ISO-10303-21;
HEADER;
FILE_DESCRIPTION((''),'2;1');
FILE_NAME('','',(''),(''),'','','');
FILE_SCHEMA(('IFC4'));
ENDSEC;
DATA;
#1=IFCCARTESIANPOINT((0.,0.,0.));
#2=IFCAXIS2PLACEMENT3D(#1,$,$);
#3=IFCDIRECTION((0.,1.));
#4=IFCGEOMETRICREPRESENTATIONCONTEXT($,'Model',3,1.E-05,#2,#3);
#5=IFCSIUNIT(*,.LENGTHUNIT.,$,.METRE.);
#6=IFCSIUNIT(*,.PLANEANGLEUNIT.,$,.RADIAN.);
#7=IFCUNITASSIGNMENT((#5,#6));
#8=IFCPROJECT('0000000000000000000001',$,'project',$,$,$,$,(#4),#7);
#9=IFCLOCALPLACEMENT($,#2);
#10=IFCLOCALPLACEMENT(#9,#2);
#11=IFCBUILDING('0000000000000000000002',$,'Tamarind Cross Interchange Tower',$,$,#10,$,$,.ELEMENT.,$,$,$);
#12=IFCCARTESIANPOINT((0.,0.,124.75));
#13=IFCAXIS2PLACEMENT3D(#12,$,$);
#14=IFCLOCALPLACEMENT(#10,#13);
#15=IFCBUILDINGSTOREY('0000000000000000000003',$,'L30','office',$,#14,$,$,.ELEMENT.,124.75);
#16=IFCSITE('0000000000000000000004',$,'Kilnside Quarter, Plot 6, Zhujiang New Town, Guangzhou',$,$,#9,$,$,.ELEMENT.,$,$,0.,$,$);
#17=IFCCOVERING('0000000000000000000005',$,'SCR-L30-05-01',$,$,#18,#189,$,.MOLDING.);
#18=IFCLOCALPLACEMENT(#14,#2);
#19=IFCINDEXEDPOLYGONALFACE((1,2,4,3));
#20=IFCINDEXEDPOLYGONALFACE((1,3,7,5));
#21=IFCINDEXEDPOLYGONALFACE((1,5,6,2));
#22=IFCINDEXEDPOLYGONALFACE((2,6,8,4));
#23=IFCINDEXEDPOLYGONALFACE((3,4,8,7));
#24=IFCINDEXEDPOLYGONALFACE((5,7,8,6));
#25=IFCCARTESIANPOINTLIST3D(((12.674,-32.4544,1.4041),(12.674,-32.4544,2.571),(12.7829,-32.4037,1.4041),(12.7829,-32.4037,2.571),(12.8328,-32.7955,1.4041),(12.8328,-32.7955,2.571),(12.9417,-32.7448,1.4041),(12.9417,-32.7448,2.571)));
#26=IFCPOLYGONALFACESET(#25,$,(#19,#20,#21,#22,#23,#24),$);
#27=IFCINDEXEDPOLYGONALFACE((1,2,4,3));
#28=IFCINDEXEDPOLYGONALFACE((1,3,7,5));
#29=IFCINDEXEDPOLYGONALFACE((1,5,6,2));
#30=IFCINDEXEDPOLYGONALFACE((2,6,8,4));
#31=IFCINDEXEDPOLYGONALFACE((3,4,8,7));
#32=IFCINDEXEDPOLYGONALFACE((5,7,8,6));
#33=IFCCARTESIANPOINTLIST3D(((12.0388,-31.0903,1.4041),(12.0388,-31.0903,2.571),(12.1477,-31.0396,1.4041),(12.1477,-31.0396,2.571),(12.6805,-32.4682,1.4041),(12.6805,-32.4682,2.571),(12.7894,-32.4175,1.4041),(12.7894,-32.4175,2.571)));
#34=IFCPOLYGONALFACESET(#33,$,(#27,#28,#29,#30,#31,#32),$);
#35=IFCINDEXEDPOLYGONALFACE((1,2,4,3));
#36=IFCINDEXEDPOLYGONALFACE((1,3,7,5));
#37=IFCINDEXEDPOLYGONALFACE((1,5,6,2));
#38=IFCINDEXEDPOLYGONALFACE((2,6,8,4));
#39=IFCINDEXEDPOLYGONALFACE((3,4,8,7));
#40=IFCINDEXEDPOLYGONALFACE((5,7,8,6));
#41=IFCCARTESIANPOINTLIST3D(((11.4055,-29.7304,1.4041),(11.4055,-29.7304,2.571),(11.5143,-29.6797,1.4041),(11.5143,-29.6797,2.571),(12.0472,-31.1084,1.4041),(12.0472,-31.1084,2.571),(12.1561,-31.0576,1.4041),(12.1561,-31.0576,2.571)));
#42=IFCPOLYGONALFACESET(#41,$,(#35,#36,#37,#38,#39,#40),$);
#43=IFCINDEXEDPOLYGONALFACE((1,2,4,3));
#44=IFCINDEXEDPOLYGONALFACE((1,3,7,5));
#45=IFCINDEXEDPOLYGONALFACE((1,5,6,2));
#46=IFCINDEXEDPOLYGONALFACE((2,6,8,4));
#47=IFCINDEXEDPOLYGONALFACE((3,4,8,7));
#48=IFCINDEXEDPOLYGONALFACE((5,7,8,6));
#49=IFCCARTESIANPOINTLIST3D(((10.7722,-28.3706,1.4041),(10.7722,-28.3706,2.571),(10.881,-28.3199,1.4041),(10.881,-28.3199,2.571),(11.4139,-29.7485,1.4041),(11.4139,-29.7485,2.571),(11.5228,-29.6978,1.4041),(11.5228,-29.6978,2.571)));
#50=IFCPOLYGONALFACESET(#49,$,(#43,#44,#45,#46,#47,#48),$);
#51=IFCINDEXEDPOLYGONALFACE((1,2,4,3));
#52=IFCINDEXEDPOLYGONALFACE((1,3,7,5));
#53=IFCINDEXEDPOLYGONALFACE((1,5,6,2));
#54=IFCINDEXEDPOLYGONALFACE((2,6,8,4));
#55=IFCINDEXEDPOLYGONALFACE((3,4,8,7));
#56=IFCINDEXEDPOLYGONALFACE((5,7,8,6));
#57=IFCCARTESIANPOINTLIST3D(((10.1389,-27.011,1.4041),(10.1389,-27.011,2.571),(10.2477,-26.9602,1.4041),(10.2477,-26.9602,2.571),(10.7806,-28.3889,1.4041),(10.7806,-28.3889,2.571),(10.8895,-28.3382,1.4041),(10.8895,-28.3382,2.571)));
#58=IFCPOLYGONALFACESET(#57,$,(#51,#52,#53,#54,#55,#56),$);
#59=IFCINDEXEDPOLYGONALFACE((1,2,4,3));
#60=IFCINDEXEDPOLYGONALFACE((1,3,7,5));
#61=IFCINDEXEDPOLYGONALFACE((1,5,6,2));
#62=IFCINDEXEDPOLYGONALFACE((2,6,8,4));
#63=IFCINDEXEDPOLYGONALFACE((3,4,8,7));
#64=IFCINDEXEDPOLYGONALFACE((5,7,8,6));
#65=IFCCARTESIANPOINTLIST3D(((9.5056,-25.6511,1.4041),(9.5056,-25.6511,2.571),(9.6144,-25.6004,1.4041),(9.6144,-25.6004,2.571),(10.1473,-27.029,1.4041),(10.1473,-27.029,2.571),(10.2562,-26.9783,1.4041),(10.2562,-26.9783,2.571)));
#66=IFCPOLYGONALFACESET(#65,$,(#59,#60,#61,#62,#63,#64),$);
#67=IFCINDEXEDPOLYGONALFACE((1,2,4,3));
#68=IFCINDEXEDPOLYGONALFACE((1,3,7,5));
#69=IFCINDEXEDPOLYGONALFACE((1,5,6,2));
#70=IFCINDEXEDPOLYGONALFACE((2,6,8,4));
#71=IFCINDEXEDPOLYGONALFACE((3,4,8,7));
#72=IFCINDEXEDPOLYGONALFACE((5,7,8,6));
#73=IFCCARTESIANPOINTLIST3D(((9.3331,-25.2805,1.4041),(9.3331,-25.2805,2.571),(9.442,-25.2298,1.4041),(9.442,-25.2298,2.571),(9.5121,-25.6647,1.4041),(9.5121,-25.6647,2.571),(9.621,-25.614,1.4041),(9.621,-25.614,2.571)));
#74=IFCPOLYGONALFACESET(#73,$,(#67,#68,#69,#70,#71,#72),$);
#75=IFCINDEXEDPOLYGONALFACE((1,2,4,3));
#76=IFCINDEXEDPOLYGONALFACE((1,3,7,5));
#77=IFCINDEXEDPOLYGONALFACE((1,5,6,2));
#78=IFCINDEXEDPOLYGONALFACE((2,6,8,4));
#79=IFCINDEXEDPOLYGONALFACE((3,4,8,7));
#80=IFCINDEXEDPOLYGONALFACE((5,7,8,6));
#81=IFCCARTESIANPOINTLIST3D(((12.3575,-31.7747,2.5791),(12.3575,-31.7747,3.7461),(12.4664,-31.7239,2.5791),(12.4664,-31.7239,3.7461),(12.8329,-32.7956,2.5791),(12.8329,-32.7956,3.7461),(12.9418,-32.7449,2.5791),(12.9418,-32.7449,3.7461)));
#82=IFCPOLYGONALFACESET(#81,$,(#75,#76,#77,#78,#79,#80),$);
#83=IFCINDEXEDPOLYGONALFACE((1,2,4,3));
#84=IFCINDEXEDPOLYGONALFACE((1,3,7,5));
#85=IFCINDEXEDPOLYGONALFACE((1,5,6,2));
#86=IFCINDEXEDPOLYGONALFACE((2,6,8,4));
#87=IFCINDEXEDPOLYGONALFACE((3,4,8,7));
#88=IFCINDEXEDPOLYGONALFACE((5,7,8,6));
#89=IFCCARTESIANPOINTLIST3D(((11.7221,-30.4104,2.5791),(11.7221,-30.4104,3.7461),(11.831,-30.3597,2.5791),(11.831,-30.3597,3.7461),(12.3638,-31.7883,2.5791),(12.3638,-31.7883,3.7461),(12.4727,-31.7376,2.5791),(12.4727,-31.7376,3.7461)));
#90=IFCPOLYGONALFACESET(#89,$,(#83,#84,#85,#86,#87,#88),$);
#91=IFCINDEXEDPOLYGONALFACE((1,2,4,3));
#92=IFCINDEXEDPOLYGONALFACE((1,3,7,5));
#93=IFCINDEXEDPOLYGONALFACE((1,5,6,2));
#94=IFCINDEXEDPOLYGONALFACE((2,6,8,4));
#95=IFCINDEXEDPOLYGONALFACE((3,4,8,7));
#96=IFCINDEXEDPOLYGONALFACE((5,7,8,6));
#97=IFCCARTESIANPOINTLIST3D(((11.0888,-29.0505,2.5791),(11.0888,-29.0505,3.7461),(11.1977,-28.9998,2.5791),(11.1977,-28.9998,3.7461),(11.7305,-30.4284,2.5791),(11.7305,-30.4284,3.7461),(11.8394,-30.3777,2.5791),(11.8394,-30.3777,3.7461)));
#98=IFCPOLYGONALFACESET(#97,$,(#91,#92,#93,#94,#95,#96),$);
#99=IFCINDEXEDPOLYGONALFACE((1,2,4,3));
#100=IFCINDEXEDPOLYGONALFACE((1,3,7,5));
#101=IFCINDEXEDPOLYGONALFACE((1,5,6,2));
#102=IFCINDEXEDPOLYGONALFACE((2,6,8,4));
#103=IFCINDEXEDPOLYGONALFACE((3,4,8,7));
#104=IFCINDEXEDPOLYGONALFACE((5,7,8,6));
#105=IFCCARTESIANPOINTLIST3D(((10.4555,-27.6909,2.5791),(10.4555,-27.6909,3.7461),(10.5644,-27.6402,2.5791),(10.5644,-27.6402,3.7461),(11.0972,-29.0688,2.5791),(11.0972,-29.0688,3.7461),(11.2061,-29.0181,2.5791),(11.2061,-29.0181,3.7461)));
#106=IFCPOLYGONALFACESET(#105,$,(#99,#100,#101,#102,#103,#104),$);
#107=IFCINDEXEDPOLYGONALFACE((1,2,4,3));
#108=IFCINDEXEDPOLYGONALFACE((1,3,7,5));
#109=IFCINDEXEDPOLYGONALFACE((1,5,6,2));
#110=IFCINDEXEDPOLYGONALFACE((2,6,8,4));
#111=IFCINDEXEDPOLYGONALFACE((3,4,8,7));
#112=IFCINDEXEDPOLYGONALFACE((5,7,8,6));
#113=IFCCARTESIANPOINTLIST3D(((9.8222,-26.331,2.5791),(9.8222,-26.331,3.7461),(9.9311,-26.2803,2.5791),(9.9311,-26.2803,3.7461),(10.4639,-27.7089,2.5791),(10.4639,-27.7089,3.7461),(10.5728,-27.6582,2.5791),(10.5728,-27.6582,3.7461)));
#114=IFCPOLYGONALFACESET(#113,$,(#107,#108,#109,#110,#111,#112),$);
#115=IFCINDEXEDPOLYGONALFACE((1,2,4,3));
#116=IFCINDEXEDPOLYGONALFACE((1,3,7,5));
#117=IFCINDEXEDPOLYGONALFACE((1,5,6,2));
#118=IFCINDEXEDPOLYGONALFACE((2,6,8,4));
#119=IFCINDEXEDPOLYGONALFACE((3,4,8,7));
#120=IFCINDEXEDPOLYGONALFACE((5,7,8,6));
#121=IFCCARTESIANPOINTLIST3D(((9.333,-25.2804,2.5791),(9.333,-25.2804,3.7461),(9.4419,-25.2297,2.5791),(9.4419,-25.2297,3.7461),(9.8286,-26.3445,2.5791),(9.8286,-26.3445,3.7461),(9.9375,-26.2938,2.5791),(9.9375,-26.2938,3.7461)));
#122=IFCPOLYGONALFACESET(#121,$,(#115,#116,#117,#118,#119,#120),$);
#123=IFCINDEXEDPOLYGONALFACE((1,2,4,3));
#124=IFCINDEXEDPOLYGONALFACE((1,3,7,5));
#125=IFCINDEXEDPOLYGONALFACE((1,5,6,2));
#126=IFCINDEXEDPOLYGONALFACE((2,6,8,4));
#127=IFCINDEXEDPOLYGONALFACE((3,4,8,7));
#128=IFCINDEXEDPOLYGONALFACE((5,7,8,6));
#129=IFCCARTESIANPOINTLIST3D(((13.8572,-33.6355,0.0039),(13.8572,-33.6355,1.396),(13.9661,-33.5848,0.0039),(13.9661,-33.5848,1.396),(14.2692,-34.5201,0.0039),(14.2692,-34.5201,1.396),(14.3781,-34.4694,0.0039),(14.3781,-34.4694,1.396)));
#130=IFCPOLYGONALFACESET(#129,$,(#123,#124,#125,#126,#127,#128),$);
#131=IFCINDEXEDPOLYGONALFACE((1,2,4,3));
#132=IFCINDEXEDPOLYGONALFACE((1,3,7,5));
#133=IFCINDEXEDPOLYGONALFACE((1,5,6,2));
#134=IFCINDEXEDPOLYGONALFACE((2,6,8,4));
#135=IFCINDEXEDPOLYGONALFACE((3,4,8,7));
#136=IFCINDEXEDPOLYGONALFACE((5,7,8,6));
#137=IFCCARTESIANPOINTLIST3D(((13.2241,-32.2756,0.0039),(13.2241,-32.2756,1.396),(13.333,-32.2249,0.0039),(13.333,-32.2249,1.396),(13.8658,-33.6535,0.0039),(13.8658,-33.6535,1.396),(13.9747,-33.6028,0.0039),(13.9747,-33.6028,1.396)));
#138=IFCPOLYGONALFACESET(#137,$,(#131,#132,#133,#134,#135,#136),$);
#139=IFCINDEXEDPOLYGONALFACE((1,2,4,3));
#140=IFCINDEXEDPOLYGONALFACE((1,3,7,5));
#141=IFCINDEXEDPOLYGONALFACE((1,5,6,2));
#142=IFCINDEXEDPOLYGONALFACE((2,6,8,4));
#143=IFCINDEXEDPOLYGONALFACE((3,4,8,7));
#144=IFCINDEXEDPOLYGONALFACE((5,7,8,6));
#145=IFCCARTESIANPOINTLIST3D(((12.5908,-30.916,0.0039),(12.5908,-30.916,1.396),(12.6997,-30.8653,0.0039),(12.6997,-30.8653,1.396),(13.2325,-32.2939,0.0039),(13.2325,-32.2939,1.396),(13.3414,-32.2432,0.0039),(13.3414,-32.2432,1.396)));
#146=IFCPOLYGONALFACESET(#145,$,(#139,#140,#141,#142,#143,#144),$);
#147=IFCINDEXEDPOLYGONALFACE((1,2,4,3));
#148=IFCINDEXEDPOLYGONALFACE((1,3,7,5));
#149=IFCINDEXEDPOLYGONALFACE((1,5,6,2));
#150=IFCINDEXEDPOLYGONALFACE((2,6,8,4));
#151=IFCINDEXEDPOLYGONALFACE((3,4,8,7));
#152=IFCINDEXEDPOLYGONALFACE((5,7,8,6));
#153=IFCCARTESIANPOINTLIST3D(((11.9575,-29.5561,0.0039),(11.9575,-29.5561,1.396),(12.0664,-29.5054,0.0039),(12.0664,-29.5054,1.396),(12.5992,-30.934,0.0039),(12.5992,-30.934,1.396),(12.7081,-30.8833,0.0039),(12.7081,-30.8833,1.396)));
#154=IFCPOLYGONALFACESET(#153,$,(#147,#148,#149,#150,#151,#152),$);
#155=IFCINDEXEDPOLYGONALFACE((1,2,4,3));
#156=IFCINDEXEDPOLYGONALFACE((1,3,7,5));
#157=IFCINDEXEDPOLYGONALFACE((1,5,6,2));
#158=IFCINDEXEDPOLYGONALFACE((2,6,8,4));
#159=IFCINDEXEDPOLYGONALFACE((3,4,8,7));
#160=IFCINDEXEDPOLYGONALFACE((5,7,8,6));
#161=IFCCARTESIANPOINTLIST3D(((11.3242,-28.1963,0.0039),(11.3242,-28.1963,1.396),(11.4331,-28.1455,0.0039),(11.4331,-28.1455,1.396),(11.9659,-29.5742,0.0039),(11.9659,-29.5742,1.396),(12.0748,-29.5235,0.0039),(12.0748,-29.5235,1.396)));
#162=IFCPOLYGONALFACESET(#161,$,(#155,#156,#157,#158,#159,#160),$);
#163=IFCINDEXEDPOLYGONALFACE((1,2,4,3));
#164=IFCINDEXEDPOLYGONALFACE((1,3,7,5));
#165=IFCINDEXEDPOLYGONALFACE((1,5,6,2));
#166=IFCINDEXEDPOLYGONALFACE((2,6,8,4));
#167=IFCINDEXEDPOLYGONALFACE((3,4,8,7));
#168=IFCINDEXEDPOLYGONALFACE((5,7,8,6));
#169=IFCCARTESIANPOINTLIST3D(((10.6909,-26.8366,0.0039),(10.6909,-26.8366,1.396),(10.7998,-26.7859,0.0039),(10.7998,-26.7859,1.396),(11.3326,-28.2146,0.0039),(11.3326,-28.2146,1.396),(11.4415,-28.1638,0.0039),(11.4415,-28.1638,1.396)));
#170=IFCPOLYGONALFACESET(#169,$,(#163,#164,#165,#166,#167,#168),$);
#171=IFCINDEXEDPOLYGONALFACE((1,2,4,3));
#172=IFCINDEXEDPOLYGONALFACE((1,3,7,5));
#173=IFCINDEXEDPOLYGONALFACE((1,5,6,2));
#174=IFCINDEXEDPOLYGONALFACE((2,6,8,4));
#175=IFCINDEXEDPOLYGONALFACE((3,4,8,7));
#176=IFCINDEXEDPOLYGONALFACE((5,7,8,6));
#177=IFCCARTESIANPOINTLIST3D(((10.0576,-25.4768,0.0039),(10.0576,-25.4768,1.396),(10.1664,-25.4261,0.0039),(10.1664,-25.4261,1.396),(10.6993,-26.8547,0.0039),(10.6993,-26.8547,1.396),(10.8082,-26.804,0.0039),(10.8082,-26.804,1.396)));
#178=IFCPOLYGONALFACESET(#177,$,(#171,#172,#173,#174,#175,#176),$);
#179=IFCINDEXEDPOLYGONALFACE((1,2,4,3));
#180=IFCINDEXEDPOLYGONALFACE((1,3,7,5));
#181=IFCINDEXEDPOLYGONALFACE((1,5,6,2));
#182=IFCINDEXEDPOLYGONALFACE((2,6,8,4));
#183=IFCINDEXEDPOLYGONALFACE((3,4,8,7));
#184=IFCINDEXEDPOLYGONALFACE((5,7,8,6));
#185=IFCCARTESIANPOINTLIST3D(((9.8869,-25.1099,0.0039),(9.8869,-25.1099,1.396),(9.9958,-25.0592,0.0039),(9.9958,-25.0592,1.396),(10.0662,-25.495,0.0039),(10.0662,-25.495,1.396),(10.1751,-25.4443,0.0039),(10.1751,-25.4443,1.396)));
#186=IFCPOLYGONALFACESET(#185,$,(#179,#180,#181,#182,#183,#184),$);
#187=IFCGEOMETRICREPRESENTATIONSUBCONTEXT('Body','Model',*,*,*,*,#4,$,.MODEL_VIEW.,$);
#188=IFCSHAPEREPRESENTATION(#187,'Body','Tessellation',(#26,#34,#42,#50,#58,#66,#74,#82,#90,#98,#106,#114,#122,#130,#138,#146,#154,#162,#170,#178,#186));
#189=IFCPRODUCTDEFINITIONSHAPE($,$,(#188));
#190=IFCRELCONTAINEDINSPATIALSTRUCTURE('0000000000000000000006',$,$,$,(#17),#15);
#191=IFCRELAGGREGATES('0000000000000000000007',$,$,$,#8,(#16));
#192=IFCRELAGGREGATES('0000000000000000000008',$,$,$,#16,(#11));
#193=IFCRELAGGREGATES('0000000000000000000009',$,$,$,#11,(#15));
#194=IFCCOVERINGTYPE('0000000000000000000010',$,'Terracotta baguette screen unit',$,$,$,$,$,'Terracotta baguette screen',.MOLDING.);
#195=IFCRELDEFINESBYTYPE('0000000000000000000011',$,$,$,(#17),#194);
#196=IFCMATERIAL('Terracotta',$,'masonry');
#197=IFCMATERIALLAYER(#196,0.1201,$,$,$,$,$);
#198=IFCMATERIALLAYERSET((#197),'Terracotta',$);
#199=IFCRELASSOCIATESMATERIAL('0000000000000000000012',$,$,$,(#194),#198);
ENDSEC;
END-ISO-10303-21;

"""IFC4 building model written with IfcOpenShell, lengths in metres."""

from ifc_helpers import new_model, si_unit, direction, frame, origin, origin_2d, place, context, subcontext, project, spatial, rectangle, extrude, material, layer, layer_set, type_object, element, save


model = new_model("IFC4")

# Units and contexts
model_context = context("Model", 3, precision=1e-05, world=origin(), true_north=direction((0.0, 1.0)))
body_context = subcontext(model_context, "Body", "Model", "MODEL_VIEW")
ifc_project = project(units=[si_unit("LENGTHUNIT", "METRE"), si_unit("PLANEANGLEUNIT", "RADIAN")], contexts=[model_context])

# Site, building, storey
site_placement = place(None, origin())
site = spatial("IfcSite", under=ifc_project, at=site_placement, Name="Kilnside Quarter, Plot 6, Zhujiang New Town, Guangzhou", CompositionType="ELEMENT", RefElevation=0.0)
building_placement = place(site_placement, origin())
building = spatial("IfcBuilding", under=site, at=building_placement, Name="Tamarind Cross Interchange Tower", CompositionType="ELEMENT")
storey_placement = place(building_placement, frame((0.0, 0.0, 124.75)))
storey = spatial("IfcBuildingStorey", under=building, at=storey_placement, Name="L30", Description="office", CompositionType="ELEMENT", Elevation=124.75)

# Covering
ifc_material_1 = material(Name="Terracotta", Category="masonry")
ifc_layer_1 = layer(ifc_material_1, 0.1201)
ifc_layer_set_1 = layer_set([ifc_layer_1], Name="Terracotta")
covering_type = type_object("IfcCoveringType", Name="Terracotta baguette screen unit", ElementType="Terracotta baguette screen", PredefinedType="MOLDING", material=ifc_layer_set_1)
covering_1_placement = place(storey_placement, origin())
element("IfcCovering", 1, at=covering_1_placement, inside=storey, type_object=covering_type, Name="SCR-L30-05-01", PredefinedType="MOLDING", context=body_context, shape_type="SweptSolid", body=[
    extrude(rectangle(XDim=0.3762, YDim=0.1201, at=origin_2d()), frame((12.8079, -32.5996, 1.4041), z_axis=(0.0, 0.0, 1.0), x_axis=(-0.422174, 0.906515, 0.0)), (0.0, 0.0, 1.0), 1.167),
    extrude(rectangle(XDim=1.52, YDim=0.1201, at=origin_2d()), frame((12.4141, -31.7539, 1.4041), z_axis=(0.0, 0.0, 1.0), x_axis=(-0.422174, 0.906515, 0.0)), (0.0, 0.0, 1.0), 1.167),
    extrude(rectangle(XDim=1.52, YDim=0.1201, at=origin_2d()), frame((11.7808, -30.394, 1.4041), z_axis=(0.0, 0.0, 1.0), x_axis=(-0.422174, 0.906515, 0.0)), (0.0, 0.0, 1.0), 1.167),
    extrude(rectangle(XDim=1.52, YDim=0.1201, at=origin_2d()), frame((11.1475, -29.0342, 1.4041), z_axis=(0.0, 0.0, 1.0), x_axis=(-0.422174, 0.906515, 0.0)), (0.0, 0.0, 1.0), 1.167),
    extrude(rectangle(XDim=1.52, YDim=0.1201, at=origin_2d()), frame((10.5142, -27.6746, 1.4041), z_axis=(0.0, 0.0, 1.0), x_axis=(-0.422174, 0.906515, 0.0)), (0.0, 0.0, 1.0), 1.167),
    extrude(rectangle(XDim=1.52, YDim=0.1201, at=origin_2d()), frame((9.8809, -26.3147, 1.4041), z_axis=(0.0, 0.0, 1.0), x_axis=(-0.422174, 0.906515, 0.0)), (0.0, 0.0, 1.0), 1.167),
    extrude(rectangle(XDim=0.4238, YDim=0.1201, at=origin_2d()), frame((9.4771, -25.4473, 1.4041), z_axis=(0.0, 0.0, 1.0), x_axis=(-0.422174, 0.906515, 0.0)), (0.0, 0.0, 1.0), 1.167),
    extrude(rectangle(XDim=1.1262, YDim=0.1201, at=origin_2d()), frame((12.6497, -32.2598, 2.5791), z_axis=(0.0, 0.0, 1.0), x_axis=(-0.422174, 0.906515, 0.0)), (0.0, 0.0, 1.0), 1.167),
    extrude(rectangle(XDim=1.52, YDim=0.1201, at=origin_2d()), frame((12.0974, -31.074, 2.5791), z_axis=(0.0, 0.0, 1.0), x_axis=(-0.422174, 0.906515, 0.0)), (0.0, 0.0, 1.0), 1.167),
    extrude(rectangle(XDim=1.52, YDim=0.1201, at=origin_2d()), frame((11.4641, -29.7141, 2.5791), z_axis=(0.0, 0.0, 1.0), x_axis=(-0.422174, 0.906515, 0.0)), (0.0, 0.0, 1.0), 1.167),
    extrude(rectangle(XDim=1.52, YDim=0.1201, at=origin_2d()), frame((10.8308, -28.3545, 2.5791), z_axis=(0.0, 0.0, 1.0), x_axis=(-0.422174, 0.906515, 0.0)), (0.0, 0.0, 1.0), 1.167),
    extrude(rectangle(XDim=1.52, YDim=0.1201, at=origin_2d()), frame((10.1975, -26.9946, 2.5791), z_axis=(0.0, 0.0, 1.0), x_axis=(-0.422174, 0.906515, 0.0)), (0.0, 0.0, 1.0), 1.167),
    extrude(rectangle(XDim=1.1738, YDim=0.1201, at=origin_2d()), frame((9.6353, -25.7871, 2.5791), z_axis=(0.0, 0.0, 1.0), x_axis=(-0.422174, 0.906515, 0.0)), (0.0, 0.0, 1.0), 1.167),
    extrude(rectangle(XDim=0.9758, YDim=0.1201, at=origin_2d()), frame((14.1177, -34.0525, 0.0039), z_axis=(0.0, 0.0, 1.0), x_axis=(-0.422174, 0.906515, 0.0)), (0.0, 0.0, 1.0), 1.3921),
    extrude(rectangle(XDim=1.52, YDim=0.1201, at=origin_2d()), frame((13.5994, -32.9392, 0.0039), z_axis=(0.0, 0.0, 1.0), x_axis=(-0.422174, 0.906515, 0.0)), (0.0, 0.0, 1.0), 1.3921),
    extrude(rectangle(XDim=1.52, YDim=0.1201, at=origin_2d()), frame((12.9661, -31.5796, 0.0039), z_axis=(0.0, 0.0, 1.0), x_axis=(-0.422174, 0.906515, 0.0)), (0.0, 0.0, 1.0), 1.3921),
    extrude(rectangle(XDim=1.52, YDim=0.1201, at=origin_2d()), frame((12.3328, -30.2197, 0.0039), z_axis=(0.0, 0.0, 1.0), x_axis=(-0.422174, 0.906515, 0.0)), (0.0, 0.0, 1.0), 1.3921),
    extrude(rectangle(XDim=1.52, YDim=0.1201, at=origin_2d()), frame((11.6995, -28.8599, 0.0039), z_axis=(0.0, 0.0, 1.0), x_axis=(-0.422174, 0.906515, 0.0)), (0.0, 0.0, 1.0), 1.3921),
    extrude(rectangle(XDim=1.52, YDim=0.1201, at=origin_2d()), frame((11.0662, -27.5002, 0.0039), z_axis=(0.0, 0.0, 1.0), x_axis=(-0.422174, 0.906515, 0.0)), (0.0, 0.0, 1.0), 1.3921),
    extrude(rectangle(XDim=1.52, YDim=0.1201, at=origin_2d()), frame((10.4329, -26.1404, 0.0039), z_axis=(0.0, 0.0, 1.0), x_axis=(-0.422174, 0.906515, 0.0)), (0.0, 0.0, 1.0), 1.3921),
    extrude(rectangle(XDim=0.4248, YDim=0.1201, at=origin_2d()), frame((10.031, -25.2771, 0.0039), z_axis=(0.0, 0.0, 1.0), x_axis=(-0.422174, 0.906515, 0.0)), (0.0, 0.0, 1.0), 1.3921),
])

save(model, "model.ifc")
